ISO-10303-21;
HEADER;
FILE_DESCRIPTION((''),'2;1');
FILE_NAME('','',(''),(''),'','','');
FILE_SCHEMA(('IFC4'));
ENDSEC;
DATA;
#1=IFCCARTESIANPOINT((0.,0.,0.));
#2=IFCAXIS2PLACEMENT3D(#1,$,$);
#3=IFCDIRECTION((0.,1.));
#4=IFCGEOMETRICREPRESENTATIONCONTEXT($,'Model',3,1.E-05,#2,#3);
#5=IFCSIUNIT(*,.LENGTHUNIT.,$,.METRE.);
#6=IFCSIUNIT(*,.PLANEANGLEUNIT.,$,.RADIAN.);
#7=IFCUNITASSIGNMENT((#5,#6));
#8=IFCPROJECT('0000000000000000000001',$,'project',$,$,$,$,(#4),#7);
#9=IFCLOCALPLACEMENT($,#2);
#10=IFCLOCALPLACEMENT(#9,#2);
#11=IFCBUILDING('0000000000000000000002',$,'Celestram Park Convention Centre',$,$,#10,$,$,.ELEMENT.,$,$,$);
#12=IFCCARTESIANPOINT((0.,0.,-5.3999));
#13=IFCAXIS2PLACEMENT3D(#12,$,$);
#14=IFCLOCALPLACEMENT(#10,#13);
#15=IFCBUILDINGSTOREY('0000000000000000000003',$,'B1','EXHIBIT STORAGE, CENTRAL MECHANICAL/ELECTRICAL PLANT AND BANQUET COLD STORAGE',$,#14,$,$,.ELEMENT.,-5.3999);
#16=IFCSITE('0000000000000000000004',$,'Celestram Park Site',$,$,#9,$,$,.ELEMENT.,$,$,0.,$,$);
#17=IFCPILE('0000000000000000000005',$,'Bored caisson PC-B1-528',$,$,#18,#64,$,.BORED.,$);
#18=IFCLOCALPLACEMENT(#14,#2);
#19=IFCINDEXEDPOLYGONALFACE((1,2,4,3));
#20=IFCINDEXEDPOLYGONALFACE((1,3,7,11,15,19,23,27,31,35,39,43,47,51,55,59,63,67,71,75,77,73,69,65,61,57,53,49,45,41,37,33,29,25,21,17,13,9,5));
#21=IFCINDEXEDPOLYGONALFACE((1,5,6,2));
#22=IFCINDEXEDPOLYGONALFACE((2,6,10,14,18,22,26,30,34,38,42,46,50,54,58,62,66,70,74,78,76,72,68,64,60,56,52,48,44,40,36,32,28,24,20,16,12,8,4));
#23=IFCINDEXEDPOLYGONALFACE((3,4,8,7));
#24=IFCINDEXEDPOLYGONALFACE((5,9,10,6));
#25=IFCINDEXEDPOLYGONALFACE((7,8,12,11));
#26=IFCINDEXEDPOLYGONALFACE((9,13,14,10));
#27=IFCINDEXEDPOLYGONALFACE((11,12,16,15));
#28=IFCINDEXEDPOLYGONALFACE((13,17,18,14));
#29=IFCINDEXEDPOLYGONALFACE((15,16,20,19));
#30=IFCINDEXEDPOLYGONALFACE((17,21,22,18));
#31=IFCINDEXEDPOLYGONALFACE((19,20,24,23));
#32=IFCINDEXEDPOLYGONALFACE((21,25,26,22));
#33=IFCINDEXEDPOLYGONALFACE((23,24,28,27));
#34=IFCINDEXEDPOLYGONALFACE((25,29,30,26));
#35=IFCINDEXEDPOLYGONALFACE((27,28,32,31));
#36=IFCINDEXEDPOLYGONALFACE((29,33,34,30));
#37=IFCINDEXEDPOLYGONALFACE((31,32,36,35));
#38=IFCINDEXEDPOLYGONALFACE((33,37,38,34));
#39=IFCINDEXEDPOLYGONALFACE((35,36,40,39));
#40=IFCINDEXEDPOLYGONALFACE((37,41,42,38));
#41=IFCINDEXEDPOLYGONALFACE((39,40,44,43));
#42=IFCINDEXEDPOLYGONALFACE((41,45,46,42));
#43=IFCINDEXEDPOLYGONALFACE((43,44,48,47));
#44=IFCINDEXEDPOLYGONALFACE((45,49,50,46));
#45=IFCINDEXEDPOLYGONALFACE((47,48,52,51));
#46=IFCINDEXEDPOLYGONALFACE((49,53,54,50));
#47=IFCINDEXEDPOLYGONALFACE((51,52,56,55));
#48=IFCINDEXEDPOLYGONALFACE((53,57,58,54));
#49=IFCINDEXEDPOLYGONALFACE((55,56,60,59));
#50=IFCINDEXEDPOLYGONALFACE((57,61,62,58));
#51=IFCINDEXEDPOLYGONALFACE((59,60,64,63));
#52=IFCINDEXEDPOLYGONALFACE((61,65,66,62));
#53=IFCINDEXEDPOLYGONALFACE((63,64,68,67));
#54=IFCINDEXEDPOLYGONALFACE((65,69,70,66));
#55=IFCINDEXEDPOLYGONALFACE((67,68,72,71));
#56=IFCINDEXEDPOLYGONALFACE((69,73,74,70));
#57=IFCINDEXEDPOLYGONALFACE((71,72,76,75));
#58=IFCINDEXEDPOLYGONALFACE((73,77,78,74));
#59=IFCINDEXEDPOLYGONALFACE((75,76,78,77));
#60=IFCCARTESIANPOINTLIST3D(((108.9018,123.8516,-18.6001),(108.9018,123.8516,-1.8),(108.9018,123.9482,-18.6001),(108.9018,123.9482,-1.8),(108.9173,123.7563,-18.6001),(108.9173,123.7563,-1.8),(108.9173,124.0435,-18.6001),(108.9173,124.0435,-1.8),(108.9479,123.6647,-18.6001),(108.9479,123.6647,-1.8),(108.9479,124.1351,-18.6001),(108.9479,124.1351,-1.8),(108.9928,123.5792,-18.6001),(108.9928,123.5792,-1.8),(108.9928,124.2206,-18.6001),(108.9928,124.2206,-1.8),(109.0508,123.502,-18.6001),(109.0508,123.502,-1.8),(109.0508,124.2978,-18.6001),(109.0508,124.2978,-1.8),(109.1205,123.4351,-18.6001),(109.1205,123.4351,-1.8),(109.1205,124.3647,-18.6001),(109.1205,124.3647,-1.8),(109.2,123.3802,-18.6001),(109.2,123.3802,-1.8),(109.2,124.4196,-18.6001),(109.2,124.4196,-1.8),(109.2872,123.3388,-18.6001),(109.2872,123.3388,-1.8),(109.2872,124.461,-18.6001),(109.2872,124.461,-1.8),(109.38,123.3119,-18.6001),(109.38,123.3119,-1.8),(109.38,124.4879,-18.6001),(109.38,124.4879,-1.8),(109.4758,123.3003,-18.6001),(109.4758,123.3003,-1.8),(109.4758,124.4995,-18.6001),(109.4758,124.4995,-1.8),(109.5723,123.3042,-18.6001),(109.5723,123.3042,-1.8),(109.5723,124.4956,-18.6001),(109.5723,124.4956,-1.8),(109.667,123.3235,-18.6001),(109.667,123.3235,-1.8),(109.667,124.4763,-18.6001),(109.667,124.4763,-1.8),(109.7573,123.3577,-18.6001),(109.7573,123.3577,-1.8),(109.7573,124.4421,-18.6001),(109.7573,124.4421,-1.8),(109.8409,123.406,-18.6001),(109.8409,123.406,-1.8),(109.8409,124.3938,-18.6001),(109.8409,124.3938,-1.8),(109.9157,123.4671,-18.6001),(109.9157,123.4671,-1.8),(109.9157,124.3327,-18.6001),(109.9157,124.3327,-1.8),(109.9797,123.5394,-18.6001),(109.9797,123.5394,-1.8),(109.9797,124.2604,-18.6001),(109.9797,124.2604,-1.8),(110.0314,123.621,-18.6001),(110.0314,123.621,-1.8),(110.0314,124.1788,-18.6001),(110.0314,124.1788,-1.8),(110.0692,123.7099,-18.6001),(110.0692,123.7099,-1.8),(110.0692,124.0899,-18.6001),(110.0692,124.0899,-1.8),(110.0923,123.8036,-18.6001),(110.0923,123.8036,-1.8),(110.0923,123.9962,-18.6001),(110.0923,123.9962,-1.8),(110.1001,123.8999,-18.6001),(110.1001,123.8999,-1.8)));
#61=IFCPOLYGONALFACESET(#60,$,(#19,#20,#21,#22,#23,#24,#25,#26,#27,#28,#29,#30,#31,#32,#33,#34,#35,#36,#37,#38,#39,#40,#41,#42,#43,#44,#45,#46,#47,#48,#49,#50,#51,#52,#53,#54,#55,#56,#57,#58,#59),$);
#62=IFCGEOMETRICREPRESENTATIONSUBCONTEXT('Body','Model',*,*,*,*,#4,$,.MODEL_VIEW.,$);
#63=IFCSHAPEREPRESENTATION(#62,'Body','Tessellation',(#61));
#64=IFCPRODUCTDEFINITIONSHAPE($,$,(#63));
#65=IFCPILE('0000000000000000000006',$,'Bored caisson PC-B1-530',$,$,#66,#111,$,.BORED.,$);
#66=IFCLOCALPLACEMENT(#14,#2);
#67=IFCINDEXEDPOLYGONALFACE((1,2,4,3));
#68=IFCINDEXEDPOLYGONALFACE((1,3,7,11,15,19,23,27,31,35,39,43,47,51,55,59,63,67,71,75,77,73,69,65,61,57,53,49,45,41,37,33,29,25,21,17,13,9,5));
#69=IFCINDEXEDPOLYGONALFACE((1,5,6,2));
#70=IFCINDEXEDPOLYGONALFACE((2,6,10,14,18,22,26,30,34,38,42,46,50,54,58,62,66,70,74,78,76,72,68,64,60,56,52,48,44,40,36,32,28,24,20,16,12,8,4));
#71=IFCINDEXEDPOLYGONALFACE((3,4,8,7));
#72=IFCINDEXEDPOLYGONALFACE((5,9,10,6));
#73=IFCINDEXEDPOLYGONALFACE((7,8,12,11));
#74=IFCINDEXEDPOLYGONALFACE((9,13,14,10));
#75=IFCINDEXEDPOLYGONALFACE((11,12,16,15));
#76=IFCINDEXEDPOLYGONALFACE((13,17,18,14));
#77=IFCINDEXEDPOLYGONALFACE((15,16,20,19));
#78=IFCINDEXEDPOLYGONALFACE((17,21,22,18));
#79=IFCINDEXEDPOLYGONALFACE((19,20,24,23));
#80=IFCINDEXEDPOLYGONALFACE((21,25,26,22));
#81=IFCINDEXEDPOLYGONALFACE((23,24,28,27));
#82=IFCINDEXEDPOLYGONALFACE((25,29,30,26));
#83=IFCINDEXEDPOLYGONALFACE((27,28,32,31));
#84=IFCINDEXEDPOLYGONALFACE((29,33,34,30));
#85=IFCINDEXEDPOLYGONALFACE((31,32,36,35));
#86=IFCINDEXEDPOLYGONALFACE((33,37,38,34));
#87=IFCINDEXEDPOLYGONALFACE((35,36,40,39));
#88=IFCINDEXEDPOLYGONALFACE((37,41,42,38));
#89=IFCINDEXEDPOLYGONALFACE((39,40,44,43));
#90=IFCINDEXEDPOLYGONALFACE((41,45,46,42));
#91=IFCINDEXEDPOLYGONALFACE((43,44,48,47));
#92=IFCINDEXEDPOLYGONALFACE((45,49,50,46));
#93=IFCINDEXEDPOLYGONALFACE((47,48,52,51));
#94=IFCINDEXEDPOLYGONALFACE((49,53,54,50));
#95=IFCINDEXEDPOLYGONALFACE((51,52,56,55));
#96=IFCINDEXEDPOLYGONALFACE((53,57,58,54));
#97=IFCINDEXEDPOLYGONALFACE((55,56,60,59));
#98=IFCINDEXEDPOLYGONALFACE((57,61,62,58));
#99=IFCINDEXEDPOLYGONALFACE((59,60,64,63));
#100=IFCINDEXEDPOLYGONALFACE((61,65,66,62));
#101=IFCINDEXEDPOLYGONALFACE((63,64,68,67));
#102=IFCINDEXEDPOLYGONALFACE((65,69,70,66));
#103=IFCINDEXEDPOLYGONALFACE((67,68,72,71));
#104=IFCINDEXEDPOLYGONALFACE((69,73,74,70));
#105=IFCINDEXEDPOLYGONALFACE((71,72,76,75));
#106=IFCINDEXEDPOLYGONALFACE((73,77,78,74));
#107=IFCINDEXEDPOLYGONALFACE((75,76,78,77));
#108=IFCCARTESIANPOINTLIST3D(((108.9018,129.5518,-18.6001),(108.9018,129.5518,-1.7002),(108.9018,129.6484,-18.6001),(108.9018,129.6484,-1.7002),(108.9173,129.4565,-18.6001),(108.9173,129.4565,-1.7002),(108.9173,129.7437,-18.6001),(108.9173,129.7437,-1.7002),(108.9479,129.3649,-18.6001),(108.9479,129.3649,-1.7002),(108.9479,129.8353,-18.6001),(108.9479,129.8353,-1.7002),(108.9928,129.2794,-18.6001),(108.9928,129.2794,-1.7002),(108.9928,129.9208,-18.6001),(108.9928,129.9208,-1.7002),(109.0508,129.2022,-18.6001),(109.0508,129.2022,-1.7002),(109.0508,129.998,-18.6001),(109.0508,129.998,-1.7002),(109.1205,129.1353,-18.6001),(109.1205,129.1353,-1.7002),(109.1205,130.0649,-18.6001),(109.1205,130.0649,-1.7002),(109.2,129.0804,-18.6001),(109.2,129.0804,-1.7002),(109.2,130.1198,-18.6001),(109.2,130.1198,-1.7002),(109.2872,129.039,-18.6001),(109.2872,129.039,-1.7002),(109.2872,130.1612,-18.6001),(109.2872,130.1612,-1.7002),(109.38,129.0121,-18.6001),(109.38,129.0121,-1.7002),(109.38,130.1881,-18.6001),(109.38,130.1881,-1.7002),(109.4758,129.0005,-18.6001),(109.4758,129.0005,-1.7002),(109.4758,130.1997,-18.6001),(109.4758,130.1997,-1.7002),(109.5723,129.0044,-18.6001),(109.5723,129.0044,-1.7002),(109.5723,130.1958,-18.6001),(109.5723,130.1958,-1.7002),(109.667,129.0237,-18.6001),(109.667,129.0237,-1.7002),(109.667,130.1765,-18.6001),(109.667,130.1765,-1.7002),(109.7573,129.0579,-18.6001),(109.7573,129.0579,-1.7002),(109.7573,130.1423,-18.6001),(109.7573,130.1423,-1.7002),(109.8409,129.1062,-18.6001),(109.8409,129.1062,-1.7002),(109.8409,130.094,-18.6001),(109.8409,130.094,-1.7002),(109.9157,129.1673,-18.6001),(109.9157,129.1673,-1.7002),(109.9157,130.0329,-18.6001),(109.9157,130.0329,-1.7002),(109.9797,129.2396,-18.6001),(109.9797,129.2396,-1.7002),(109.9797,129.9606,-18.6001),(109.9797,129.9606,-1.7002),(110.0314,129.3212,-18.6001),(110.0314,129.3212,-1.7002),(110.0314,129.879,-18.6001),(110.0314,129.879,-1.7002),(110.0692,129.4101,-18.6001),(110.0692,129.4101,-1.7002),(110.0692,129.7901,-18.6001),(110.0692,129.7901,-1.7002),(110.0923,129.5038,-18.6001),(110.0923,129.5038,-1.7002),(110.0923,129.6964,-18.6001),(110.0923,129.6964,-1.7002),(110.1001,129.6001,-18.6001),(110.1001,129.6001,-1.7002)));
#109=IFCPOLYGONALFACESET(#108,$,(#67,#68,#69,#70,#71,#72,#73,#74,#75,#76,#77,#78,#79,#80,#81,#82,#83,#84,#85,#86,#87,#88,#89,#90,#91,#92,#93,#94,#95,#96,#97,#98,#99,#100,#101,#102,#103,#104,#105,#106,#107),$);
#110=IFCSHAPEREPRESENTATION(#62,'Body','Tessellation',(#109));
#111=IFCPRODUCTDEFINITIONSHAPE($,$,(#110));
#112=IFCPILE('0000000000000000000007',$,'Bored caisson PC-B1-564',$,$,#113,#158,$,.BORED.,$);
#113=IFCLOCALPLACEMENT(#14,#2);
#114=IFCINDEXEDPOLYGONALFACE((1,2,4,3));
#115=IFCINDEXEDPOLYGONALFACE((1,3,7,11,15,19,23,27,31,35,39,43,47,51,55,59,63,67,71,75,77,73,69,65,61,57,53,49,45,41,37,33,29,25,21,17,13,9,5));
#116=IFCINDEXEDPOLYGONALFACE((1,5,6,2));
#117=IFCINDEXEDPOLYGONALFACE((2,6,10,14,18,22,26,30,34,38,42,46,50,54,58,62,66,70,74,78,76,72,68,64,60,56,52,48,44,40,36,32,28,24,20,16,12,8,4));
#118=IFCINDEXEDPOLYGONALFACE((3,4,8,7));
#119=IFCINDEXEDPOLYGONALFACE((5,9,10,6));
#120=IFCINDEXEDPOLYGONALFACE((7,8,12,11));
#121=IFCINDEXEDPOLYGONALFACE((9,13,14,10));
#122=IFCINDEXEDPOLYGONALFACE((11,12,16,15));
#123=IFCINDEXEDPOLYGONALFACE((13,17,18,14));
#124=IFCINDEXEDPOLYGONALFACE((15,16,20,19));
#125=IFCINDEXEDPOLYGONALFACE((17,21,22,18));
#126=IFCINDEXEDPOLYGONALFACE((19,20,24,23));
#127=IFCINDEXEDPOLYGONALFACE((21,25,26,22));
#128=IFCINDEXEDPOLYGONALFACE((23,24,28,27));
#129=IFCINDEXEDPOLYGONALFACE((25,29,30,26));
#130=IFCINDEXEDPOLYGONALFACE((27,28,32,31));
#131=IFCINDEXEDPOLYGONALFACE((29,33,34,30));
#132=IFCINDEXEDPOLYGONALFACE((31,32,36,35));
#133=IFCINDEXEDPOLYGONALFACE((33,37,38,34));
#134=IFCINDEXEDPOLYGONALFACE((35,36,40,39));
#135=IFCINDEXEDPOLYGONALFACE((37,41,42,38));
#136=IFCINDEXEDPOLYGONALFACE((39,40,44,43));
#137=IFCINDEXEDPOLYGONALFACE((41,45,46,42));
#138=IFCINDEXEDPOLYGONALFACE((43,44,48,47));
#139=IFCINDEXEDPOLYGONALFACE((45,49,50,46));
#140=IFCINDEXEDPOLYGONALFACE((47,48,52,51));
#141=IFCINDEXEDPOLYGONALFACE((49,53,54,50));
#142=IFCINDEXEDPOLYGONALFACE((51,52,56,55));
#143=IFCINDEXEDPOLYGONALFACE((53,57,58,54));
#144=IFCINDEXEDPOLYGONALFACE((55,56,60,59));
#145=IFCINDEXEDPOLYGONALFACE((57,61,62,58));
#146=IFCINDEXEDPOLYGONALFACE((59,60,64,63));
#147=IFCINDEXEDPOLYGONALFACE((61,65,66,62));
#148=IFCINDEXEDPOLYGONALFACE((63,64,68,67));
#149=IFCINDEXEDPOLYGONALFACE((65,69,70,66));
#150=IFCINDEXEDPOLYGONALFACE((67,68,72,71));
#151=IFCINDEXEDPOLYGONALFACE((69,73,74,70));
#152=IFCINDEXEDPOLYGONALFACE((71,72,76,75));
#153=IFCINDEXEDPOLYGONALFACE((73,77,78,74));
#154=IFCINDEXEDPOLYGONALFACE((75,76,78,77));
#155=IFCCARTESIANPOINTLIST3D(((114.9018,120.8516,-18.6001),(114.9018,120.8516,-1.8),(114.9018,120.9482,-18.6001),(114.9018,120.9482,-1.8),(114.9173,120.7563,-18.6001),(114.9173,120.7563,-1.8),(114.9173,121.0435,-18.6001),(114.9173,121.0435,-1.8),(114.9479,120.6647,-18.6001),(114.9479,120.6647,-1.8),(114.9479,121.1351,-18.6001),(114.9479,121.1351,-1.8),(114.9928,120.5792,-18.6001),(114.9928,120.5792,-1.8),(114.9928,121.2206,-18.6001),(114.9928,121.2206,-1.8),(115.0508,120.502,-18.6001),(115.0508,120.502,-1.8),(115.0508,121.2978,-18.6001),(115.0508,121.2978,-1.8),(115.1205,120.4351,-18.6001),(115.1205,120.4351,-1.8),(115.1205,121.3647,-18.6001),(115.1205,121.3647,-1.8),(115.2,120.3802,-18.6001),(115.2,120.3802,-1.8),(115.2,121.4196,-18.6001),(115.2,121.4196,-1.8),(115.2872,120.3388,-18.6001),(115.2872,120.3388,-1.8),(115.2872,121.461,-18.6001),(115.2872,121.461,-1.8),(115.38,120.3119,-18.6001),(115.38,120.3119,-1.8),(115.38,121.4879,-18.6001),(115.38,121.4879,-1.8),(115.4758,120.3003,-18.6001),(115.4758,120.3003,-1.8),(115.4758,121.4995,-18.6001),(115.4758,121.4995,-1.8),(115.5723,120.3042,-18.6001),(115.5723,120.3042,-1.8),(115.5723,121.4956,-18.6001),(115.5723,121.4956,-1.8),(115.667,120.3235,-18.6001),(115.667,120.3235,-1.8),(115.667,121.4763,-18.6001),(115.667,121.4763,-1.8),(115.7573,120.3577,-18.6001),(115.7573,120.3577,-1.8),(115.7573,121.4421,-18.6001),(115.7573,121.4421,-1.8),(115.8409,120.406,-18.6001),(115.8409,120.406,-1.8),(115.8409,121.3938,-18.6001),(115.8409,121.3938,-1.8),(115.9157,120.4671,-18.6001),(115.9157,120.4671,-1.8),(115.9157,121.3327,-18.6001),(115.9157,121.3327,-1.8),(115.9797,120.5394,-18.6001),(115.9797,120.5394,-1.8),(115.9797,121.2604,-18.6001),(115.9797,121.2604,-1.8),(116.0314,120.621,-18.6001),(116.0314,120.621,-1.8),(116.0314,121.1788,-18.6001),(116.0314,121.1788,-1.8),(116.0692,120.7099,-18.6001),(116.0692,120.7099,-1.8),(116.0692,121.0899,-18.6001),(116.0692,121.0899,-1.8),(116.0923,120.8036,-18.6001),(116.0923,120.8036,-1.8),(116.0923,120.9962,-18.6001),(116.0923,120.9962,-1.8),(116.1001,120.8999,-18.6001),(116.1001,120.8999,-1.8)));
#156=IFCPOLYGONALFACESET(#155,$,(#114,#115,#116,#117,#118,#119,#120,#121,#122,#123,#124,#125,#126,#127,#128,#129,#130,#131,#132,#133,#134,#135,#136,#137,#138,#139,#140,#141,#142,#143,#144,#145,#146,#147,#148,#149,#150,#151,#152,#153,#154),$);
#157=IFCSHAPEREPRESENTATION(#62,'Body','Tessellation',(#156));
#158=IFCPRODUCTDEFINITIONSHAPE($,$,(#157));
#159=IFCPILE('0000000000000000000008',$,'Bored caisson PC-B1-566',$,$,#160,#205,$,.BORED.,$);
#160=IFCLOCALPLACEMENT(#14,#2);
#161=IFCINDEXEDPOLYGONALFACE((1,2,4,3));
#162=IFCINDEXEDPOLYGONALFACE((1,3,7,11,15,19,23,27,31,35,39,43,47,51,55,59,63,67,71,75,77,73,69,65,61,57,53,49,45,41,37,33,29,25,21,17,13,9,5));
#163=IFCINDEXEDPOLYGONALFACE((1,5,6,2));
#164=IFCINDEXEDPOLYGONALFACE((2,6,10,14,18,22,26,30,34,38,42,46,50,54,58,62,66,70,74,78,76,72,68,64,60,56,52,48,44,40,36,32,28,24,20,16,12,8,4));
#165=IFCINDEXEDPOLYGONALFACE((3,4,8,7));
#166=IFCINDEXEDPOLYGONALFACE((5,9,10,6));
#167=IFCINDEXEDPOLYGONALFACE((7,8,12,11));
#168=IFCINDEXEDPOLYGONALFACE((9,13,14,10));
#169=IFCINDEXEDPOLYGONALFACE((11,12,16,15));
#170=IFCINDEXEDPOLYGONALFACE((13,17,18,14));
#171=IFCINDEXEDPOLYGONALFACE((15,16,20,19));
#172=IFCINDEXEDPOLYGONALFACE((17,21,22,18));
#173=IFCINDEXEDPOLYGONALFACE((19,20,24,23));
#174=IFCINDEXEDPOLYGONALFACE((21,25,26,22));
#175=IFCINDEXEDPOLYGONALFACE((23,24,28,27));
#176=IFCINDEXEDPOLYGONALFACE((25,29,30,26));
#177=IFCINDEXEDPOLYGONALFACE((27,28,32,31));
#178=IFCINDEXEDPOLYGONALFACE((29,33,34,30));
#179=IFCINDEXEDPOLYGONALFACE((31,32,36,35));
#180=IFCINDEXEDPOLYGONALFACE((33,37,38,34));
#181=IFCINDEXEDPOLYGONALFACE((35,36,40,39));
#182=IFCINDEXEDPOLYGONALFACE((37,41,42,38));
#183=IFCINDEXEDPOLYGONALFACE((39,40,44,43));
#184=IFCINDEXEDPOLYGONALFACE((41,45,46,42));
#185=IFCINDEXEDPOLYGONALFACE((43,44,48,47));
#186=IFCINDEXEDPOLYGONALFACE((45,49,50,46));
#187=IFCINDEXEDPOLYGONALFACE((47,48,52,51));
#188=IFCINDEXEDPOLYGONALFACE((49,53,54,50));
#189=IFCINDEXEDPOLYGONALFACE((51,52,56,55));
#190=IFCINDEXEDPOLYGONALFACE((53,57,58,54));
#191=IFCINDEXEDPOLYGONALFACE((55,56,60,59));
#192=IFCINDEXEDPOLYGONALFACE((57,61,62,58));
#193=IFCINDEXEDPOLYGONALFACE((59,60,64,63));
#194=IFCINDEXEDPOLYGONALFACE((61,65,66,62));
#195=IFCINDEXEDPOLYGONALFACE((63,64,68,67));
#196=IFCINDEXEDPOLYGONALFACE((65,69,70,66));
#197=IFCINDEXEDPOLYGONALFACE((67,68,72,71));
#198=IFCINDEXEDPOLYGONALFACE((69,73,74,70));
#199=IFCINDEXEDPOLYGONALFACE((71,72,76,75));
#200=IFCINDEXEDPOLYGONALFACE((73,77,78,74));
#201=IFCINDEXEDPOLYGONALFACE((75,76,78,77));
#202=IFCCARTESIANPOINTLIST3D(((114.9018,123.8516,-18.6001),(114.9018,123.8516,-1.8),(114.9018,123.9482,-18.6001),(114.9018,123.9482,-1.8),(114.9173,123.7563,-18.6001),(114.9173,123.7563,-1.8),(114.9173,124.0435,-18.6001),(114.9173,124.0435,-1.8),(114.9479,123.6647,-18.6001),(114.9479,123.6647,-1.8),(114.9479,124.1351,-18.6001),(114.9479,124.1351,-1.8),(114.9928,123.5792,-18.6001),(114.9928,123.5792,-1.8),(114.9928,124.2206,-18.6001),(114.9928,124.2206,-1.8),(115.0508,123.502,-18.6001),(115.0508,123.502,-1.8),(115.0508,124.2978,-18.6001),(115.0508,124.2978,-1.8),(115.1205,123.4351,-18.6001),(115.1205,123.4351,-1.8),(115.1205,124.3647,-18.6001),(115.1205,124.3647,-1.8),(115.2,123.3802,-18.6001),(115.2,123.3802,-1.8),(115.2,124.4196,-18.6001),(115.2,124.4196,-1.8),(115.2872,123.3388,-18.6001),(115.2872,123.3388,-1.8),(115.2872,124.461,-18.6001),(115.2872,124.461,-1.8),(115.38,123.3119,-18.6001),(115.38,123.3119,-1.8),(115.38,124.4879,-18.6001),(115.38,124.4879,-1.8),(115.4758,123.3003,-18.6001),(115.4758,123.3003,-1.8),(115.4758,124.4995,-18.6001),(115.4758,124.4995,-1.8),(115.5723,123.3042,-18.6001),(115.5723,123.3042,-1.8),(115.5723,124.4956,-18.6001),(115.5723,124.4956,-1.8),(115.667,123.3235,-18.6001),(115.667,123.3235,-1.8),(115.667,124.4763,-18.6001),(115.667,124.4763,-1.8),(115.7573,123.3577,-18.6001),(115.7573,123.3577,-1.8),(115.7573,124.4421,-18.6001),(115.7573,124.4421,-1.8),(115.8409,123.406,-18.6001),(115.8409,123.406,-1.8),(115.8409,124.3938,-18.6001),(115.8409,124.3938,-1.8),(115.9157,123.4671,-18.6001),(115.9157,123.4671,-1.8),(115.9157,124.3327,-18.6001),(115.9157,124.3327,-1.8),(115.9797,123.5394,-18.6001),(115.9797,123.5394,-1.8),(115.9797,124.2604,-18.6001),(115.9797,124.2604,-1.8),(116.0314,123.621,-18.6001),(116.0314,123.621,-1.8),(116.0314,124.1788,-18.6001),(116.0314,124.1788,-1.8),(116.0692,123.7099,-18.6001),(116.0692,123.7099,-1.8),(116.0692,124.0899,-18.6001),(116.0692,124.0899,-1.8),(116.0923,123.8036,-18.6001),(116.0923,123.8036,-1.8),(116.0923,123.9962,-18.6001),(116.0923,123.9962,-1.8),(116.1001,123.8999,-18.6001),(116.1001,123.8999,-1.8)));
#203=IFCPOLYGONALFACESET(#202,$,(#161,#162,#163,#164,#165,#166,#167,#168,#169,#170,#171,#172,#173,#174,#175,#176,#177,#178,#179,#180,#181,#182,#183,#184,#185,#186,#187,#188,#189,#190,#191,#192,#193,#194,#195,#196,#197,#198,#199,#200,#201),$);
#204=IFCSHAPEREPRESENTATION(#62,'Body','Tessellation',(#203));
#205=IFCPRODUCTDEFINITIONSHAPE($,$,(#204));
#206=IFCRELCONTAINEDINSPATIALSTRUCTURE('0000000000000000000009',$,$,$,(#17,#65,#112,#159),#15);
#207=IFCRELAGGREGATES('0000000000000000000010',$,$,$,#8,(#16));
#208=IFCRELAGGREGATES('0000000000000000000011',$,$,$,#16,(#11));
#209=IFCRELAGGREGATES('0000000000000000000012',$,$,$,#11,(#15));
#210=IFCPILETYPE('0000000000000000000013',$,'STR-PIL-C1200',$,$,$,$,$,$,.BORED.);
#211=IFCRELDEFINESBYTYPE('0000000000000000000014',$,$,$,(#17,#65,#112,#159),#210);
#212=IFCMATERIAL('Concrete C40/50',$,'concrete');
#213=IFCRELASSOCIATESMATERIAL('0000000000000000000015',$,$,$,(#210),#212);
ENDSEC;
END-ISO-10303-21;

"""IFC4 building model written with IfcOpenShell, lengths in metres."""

from ifc_helpers import new_model, si_unit, direction, frame, origin, origin_2d, place, context, subcontext, project, spatial, circle, extrude, material, material_profile, profile_set, type_object, element, save


model = new_model("IFC4")

# Units and contexts
model_context = context("Model", 3, precision=1e-05, world=origin(), true_north=direction((0.0, 1.0)))
body_context = subcontext(model_context, "Body", "Model", "MODEL_VIEW")
ifc_project = project(units=[si_unit("LENGTHUNIT", "METRE"), si_unit("PLANEANGLEUNIT", "RADIAN")], contexts=[model_context])

# Site, building, storey
site_placement = place(None, origin())
site = spatial("IfcSite", under=ifc_project, at=site_placement, Name="Celestram Park Site", CompositionType="ELEMENT", RefElevation=0.0)
building_placement = place(site_placement, origin())
building = spatial("IfcBuilding", under=site, at=building_placement, Name="Celestram Park Convention Centre", CompositionType="ELEMENT")
storey_placement = place(building_placement, frame((0.0, 0.0, -5.3999)))
storey = spatial("IfcBuildingStorey", under=building, at=storey_placement, Name="B1", Description="EXHIBIT STORAGE, CENTRAL MECHANICAL/ELECTRICAL PLANT AND BANQUET COLD STORAGE", CompositionType="ELEMENT", Elevation=-5.3999)

# Shared definitions
ifc_material_1 = material(Name="Concrete C40/50", Category="concrete")

# Piles
ifc_material_profile_1 = material_profile(ifc_material_1, circle(Radius=0.6001, at=origin_2d()), Name="CAISSON1200")
ifc_profile_set_1 = profile_set([ifc_material_profile_1], Name="Concrete C40/50")
pile_type_1 = type_object("IfcPileType", Name="STR-PIL-C1200", PredefinedType="BORED", material=ifc_profile_set_1)
for number, where, z_axis, x_axis, name in (
    (1, (109.5, 123.8999, -1.8), (0.0, 0.0, -1.0), (1.0, 0.0, 0.0), "Bored caisson PC-B1-528"),
):
    element("IfcPile", number, at=place(storey_placement, frame(where, z_axis=z_axis, x_axis=x_axis)), inside=storey, type_object=pile_type_1, Name=name, PredefinedType="BORED", context=body_context, shape_type="SweptSolid", body=[
        extrude(circle(Radius=0.6001, at=origin_2d()), origin(), (0.0, 0.0, 1.0), 16.8),
    ])
pile_1_placement = place(storey_placement, frame((109.5, 129.6001, -1.7002), z_axis=(0.0, 0.0, -1.0), x_axis=(1.0, 0.0, 0.0)))
element("IfcPile", 2, at=pile_1_placement, inside=storey, type_object=pile_type_1, Name="Bored caisson PC-B1-530", PredefinedType="BORED", context=body_context, shape_type="SweptSolid", body=[
    extrude(circle(Radius=0.6001, at=origin_2d()), origin(), (0.0, 0.0, 1.0), 16.8999),
])
for number, where, z_axis, x_axis, name in (
    (3, (115.5, 120.8999, -1.8), (0.0, 0.0, -1.0), (1.0, 0.0, 0.0), "Bored caisson PC-B1-564"),
    (4, (115.5, 123.8999, -1.8), (0.0, 0.0, -1.0), (1.0, 0.0, 0.0), "Bored caisson PC-B1-566"),
):
    element("IfcPile", number, at=place(storey_placement, frame(where, z_axis=z_axis, x_axis=x_axis)), inside=storey, type_object=pile_type_1, Name=name, PredefinedType="BORED", context=body_context, shape_type="SweptSolid", body=[
        extrude(circle(Radius=0.6001, at=origin_2d()), origin(), (0.0, 0.0, 1.0), 16.8),
    ])

save(model, "model.ifc")
